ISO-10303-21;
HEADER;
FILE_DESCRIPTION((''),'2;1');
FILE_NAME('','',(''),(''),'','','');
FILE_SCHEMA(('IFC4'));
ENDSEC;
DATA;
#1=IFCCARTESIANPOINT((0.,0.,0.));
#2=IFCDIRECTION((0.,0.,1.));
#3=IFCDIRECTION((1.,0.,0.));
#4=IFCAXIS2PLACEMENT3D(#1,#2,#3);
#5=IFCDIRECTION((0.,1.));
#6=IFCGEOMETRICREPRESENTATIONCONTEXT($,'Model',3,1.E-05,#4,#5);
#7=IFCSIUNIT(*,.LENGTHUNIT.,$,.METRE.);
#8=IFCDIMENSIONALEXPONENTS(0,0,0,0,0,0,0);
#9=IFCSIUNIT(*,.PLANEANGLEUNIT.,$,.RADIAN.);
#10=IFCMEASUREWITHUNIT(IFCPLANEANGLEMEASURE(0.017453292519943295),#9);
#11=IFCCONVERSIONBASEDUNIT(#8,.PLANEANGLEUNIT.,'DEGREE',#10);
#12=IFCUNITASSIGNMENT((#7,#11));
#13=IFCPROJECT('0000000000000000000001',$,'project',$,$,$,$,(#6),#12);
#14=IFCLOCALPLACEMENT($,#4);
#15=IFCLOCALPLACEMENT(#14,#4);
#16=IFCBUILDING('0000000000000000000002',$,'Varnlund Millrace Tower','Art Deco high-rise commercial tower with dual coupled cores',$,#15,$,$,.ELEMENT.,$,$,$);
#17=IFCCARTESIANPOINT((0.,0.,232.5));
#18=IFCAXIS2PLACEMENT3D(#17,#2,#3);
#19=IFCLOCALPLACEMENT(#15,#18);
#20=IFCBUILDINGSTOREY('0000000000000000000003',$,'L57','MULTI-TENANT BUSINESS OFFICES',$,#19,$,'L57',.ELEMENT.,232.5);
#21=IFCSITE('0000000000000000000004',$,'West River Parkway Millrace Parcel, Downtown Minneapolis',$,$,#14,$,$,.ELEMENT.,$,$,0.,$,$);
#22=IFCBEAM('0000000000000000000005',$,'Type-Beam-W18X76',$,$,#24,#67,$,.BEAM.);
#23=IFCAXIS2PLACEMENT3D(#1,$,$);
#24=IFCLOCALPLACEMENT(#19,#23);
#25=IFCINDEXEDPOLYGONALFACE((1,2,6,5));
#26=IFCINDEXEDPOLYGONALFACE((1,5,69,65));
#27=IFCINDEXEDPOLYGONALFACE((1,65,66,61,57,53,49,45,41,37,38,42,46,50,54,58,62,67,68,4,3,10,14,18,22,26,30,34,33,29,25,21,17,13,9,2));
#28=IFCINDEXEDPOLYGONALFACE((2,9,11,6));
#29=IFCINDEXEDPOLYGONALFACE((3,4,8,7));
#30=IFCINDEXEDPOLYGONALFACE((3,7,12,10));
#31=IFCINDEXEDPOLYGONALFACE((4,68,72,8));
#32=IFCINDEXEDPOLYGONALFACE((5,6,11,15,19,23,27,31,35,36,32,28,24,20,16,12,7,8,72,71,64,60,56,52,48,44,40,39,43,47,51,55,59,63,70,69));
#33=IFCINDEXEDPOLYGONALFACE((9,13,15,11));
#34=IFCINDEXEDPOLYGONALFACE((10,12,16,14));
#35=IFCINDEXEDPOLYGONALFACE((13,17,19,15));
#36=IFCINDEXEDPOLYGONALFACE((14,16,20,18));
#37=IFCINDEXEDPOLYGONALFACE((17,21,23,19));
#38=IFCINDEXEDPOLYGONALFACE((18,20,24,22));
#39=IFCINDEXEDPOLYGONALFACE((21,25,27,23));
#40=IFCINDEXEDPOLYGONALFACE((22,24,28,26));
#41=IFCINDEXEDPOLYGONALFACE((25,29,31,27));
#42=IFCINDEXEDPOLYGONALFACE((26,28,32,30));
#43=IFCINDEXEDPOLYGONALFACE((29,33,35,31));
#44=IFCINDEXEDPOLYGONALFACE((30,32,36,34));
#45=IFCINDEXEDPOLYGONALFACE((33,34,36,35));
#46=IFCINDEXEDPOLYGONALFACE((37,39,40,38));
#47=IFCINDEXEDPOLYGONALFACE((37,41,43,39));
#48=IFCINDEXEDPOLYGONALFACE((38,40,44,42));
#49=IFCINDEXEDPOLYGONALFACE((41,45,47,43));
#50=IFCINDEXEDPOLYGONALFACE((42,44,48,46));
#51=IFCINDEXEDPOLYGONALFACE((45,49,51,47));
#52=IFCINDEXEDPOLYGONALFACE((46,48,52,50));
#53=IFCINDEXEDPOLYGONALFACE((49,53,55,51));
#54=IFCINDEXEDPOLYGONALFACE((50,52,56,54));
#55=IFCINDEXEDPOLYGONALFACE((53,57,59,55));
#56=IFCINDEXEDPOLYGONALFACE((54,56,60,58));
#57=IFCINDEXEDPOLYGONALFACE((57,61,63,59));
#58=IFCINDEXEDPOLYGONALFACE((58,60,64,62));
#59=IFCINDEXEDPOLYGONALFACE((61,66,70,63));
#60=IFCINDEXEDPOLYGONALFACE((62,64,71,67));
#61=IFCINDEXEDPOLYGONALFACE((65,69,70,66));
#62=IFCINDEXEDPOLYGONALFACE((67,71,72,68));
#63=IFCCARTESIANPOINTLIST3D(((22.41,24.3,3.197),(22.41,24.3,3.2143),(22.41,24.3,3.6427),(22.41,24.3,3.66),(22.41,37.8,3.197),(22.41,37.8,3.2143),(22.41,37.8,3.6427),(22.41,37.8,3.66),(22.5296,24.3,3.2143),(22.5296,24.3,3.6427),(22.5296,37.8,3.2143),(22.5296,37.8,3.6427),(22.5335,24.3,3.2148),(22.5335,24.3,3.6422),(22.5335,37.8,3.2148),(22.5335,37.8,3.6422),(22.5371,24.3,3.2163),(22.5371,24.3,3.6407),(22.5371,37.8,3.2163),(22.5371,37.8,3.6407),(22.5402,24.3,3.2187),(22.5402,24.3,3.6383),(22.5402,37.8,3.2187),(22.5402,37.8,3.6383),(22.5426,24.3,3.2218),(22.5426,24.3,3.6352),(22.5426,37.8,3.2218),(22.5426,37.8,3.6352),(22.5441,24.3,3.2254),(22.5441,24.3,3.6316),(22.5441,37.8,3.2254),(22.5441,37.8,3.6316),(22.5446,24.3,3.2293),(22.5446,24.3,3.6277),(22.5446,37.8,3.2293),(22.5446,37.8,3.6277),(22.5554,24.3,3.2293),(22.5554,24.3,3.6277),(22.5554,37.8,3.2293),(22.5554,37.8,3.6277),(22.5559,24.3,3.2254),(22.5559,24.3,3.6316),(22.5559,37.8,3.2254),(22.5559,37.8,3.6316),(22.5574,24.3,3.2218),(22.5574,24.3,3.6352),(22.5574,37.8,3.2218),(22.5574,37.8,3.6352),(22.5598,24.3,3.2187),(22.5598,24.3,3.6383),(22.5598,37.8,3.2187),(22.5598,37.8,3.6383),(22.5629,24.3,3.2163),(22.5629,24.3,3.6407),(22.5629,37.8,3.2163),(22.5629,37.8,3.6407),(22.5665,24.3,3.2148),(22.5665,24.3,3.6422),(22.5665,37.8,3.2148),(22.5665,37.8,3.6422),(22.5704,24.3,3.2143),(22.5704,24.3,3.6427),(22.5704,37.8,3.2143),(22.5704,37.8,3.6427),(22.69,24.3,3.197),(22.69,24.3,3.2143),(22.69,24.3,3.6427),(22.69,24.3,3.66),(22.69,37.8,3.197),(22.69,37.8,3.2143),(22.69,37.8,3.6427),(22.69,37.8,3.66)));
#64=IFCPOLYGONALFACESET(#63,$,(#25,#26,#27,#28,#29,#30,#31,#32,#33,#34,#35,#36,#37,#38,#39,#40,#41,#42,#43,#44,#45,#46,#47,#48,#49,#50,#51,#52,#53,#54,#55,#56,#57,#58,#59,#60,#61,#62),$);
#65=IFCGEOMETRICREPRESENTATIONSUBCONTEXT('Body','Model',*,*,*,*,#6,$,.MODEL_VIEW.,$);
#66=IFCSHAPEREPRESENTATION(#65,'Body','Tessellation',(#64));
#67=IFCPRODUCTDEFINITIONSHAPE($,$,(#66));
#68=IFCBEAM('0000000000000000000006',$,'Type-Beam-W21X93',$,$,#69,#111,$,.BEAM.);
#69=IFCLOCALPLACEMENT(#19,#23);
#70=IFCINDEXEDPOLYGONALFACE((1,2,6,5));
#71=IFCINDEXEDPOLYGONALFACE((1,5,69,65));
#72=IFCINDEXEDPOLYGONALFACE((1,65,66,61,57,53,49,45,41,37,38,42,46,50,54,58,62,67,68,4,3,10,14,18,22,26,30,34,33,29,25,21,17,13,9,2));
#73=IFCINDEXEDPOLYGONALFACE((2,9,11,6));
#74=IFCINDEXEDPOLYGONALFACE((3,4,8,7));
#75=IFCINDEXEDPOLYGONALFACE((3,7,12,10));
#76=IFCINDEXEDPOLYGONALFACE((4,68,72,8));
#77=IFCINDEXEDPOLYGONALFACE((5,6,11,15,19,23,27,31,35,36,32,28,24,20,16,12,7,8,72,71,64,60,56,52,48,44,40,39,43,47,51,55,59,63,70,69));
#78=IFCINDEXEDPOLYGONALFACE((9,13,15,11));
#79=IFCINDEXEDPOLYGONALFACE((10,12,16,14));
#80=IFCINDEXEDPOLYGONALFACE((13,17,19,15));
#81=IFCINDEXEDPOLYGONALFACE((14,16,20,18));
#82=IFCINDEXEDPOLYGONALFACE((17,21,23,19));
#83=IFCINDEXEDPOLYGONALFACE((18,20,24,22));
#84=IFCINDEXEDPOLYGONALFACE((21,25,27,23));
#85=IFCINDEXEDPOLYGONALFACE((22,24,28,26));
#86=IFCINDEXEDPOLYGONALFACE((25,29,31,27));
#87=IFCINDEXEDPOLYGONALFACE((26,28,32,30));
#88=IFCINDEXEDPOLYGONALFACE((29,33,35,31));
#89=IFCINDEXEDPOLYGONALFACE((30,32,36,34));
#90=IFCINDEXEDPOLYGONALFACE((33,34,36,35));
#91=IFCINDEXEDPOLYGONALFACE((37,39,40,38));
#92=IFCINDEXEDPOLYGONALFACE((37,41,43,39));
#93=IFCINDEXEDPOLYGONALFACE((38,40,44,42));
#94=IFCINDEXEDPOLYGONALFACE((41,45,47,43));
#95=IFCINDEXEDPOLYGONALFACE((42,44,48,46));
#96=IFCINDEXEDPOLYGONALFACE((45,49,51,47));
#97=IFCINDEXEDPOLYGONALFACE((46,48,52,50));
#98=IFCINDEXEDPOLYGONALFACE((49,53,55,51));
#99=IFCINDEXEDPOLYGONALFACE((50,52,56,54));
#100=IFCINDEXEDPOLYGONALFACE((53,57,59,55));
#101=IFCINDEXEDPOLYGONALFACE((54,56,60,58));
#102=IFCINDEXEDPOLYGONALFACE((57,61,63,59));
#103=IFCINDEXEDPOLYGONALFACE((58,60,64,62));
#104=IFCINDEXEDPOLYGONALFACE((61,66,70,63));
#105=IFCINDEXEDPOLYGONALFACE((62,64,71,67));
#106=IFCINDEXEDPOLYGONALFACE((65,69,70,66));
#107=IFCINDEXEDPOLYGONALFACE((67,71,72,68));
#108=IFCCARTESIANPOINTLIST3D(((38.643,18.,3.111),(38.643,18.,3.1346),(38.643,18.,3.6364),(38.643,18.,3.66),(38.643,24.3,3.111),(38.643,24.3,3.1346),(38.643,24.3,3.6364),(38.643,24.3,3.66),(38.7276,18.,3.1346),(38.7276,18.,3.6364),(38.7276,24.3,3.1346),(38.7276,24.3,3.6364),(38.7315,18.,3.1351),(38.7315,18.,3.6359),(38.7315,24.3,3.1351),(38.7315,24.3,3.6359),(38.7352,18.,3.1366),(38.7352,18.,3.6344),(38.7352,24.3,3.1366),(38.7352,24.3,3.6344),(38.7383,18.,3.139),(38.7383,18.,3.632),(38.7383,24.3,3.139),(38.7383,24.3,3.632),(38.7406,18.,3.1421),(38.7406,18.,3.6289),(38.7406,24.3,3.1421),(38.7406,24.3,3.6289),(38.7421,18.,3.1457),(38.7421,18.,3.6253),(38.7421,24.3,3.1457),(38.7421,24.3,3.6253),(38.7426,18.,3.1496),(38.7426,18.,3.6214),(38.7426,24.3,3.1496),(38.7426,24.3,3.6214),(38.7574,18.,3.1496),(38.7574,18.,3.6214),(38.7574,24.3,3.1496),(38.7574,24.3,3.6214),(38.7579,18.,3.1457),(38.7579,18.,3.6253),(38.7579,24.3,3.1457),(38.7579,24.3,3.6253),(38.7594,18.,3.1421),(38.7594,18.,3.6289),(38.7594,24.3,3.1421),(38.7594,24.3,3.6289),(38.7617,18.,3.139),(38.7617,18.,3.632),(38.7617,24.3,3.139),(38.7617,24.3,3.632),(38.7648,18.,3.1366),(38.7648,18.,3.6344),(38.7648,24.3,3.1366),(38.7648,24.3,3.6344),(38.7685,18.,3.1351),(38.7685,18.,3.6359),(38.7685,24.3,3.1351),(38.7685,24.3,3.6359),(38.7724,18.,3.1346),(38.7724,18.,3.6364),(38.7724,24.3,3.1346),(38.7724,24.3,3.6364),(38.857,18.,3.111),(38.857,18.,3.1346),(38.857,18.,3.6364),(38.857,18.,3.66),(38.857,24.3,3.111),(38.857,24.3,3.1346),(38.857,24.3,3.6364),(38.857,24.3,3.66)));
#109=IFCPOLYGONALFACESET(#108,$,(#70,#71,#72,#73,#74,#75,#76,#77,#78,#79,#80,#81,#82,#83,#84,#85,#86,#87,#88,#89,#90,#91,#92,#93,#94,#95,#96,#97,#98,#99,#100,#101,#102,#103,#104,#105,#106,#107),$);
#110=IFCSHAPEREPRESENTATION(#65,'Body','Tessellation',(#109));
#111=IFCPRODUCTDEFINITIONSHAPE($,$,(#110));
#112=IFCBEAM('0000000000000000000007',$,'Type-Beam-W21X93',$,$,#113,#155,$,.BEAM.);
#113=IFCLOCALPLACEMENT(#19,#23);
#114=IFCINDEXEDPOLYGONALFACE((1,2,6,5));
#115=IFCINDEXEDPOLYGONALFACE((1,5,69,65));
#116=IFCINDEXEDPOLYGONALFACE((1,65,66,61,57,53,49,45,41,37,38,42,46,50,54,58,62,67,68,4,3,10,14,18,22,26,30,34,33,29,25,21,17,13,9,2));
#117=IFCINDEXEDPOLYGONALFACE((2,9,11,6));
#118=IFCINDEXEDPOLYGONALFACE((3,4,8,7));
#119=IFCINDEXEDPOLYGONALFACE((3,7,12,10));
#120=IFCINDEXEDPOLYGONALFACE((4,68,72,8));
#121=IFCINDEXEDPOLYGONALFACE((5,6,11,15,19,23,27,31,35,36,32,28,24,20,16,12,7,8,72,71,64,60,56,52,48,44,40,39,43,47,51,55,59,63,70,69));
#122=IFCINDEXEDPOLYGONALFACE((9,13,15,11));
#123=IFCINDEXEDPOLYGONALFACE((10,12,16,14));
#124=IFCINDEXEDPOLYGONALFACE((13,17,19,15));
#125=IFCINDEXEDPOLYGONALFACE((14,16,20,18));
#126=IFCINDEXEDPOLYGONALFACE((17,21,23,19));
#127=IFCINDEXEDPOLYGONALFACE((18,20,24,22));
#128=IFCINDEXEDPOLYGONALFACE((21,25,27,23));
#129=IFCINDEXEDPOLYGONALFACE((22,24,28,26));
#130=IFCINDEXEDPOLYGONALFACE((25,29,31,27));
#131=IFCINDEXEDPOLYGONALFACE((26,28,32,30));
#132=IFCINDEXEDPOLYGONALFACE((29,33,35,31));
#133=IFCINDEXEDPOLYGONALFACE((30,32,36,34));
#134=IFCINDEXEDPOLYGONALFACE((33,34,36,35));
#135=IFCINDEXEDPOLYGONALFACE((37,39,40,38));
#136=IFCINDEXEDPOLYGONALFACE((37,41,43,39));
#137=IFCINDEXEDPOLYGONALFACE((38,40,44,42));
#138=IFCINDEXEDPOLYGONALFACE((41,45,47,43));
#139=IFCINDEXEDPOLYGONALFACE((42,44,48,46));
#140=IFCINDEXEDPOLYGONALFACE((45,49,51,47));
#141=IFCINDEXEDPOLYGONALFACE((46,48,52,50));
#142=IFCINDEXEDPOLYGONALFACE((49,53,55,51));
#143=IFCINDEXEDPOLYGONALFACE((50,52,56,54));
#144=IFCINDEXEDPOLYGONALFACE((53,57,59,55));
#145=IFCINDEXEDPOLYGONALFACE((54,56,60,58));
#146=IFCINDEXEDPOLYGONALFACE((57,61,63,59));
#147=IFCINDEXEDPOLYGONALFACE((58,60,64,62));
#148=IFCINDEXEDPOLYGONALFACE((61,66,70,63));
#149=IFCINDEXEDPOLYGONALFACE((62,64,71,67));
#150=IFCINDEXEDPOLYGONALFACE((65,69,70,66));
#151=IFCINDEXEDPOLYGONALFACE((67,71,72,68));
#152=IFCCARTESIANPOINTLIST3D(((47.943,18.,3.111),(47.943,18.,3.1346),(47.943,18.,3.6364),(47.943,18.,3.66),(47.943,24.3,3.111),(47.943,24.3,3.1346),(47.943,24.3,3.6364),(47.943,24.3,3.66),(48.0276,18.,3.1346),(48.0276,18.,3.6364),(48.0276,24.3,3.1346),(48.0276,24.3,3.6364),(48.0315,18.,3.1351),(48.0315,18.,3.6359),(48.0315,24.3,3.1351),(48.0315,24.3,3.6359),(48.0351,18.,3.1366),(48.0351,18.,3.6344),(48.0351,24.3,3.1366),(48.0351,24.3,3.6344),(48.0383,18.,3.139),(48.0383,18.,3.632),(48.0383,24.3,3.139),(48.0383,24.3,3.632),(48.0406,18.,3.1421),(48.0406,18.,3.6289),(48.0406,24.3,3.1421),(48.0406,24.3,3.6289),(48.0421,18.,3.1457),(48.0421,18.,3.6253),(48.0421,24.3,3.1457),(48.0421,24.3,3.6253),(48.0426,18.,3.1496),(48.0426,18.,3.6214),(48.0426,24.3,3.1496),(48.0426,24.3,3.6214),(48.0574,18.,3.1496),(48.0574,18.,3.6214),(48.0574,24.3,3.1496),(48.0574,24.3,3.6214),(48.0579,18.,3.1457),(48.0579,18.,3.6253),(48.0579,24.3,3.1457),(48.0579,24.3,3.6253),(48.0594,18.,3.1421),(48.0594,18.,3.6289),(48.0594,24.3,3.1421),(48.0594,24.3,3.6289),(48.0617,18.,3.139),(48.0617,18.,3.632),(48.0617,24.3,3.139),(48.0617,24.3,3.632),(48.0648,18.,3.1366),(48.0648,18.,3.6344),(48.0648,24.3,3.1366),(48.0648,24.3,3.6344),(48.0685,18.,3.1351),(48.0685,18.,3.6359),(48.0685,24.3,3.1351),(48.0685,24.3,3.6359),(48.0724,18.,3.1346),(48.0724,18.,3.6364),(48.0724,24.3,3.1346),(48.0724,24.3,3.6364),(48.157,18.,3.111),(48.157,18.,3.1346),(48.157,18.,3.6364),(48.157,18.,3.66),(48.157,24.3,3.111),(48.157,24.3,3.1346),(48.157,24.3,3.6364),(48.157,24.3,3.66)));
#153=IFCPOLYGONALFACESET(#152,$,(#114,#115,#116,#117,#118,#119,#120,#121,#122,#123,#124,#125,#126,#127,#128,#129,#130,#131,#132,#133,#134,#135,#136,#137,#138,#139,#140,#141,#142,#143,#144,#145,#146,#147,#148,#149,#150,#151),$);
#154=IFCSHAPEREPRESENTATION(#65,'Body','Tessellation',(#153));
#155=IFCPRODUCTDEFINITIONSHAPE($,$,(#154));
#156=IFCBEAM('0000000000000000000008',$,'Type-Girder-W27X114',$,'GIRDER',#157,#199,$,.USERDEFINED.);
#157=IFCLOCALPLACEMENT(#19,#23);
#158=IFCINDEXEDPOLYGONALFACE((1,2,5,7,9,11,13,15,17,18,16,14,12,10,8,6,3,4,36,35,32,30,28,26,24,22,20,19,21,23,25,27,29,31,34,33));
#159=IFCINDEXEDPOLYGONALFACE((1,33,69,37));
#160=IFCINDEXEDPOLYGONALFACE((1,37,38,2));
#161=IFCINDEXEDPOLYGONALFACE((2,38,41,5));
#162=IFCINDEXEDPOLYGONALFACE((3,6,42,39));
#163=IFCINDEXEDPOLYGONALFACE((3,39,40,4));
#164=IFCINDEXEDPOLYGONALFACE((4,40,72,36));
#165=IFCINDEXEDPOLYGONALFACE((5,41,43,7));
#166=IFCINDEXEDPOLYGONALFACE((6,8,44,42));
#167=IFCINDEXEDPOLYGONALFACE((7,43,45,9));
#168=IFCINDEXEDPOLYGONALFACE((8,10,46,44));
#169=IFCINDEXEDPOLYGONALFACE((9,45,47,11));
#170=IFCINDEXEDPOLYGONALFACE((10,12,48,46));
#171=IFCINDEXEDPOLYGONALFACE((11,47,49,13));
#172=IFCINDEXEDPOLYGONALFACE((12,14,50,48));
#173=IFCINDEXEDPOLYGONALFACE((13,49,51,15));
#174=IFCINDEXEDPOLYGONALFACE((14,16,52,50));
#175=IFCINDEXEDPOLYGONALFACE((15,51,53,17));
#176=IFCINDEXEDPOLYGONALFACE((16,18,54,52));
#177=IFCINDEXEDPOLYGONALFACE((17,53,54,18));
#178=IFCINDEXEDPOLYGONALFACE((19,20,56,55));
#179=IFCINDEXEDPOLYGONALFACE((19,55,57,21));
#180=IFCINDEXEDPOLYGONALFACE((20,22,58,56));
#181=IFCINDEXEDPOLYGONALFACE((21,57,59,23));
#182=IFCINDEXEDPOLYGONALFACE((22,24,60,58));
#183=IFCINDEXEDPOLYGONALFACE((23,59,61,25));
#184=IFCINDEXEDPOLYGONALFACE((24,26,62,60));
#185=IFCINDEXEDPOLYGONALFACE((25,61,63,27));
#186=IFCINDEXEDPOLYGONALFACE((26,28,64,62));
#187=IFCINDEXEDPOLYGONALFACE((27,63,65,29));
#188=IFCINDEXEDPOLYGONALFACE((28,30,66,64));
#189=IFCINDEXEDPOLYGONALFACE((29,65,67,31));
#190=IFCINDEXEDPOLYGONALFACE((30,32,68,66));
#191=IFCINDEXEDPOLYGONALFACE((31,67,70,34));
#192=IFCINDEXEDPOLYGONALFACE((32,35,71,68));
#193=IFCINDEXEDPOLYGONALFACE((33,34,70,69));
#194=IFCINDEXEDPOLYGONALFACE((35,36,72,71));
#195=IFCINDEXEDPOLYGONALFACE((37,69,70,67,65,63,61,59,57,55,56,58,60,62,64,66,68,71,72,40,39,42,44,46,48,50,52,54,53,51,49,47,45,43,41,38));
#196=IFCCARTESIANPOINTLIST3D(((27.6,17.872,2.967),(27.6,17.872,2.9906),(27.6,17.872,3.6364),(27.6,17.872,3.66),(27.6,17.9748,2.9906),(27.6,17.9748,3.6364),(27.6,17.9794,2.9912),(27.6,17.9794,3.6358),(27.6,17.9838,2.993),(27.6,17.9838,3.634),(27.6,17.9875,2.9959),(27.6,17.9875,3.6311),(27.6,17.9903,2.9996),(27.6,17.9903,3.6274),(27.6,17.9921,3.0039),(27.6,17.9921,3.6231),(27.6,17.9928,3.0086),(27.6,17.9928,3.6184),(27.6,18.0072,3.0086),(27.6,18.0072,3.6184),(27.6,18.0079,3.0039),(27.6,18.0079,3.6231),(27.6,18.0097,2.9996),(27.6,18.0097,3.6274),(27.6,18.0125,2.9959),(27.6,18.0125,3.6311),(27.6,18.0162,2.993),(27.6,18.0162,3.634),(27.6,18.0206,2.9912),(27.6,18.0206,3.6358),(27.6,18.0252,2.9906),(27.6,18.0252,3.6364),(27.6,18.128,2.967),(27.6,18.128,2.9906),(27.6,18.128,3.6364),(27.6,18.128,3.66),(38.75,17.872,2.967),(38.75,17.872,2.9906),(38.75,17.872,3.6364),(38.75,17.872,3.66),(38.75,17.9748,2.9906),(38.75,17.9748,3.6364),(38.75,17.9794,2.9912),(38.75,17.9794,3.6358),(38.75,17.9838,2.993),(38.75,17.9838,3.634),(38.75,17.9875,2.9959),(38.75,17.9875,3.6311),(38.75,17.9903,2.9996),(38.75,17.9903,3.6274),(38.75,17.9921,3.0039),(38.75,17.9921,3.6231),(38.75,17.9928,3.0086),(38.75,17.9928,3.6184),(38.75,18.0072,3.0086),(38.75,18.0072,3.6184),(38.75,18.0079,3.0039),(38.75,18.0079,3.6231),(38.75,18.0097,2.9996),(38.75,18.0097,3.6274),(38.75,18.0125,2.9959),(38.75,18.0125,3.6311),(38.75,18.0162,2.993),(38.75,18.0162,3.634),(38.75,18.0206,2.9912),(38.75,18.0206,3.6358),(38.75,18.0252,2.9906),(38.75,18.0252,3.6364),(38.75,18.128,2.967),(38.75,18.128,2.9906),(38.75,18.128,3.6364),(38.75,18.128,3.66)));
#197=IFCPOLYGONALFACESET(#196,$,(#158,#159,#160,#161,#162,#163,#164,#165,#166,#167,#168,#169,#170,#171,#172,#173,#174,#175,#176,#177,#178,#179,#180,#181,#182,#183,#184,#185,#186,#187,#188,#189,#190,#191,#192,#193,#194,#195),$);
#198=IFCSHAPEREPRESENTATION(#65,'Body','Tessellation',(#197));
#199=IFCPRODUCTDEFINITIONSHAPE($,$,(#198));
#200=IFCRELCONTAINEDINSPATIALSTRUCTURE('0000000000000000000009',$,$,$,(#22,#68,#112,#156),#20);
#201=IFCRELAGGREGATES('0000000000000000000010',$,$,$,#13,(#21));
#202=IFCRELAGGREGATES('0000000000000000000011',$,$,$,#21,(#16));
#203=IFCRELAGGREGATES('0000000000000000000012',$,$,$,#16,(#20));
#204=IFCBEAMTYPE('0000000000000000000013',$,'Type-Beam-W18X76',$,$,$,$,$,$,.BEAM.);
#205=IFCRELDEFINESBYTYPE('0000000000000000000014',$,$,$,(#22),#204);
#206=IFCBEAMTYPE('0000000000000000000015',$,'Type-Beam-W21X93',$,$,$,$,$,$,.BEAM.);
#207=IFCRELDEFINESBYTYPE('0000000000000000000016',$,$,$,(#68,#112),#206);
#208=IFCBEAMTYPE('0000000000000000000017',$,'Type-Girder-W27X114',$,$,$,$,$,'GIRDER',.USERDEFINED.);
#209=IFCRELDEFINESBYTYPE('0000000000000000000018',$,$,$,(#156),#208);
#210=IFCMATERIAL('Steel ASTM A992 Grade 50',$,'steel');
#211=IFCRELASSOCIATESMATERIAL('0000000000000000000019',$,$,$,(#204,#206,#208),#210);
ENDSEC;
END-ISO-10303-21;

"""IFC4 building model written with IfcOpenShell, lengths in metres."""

from ifc_helpers import new_model, entity, si_unit, converted_unit, direction, frame, origin_with_axes, origin_2d_with_axis, place, context, subcontext, project, spatial, i_section, extrude, material, material_profile, profile_set, type_object, element, save


model = new_model("IFC4")

# Units and contexts
model_context = context("Model", 3, precision=1e-05, world=origin_with_axes(), true_north=direction((0.0, 1.0)))
body_context = subcontext(model_context, "Body", "Model", "MODEL_VIEW")
ifc_project = project(units=[si_unit("LENGTHUNIT", "METRE"), converted_unit("PLANEANGLEUNIT", "DEGREE", entity("IfcPlaneAngleMeasure", 0.017453292519943295), si_unit("PLANEANGLEUNIT", "RADIAN"), dimensions=[0, 0, 0, 0, 0, 0, 0])], contexts=[model_context])

# Site, building, storey
site_placement = place(None, origin_with_axes())
site = spatial("IfcSite", under=ifc_project, at=site_placement, Name="West River Parkway Millrace Parcel, Downtown Minneapolis", CompositionType="ELEMENT", RefElevation=0.0)
building_placement = place(site_placement, origin_with_axes())
building = spatial("IfcBuilding", under=site, at=building_placement, Name="Varnlund Millrace Tower", Description="Art Deco high-rise commercial tower with dual coupled cores", CompositionType="ELEMENT")
storey_placement = place(building_placement, frame((0.0, 0.0, 232.5), z_axis=(0.0, 0.0, 1.0), x_axis=(1.0, 0.0, 0.0)))
storey = spatial("IfcBuildingStorey", under=building, at=storey_placement, Name="L57", Description="MULTI-TENANT BUSINESS OFFICES", LongName="L57", CompositionType="ELEMENT", Elevation=232.5)

# Beams
ifc_material_1 = material(Name="Steel ASTM A992 Grade 50", Category="steel")
ifc_material_profile_1 = material_profile(ifc_material_1, i_section(OverallWidth=0.28, OverallDepth=0.463, WebThickness=0.0108, FlangeThickness=0.0173, FilletRadius=0.015, at=origin_2d_with_axis()), Name="Steel ASTM A992 Grade 50")
ifc_profile_set_1 = profile_set([ifc_material_profile_1], Name="Steel ASTM A992 Grade 50")
beam_type_1 = type_object("IfcBeamType", Name="Type-Beam-W18X76", PredefinedType="BEAM", material=ifc_profile_set_1)
beam_1_placement = place(storey_placement, frame((22.55, 24.3, 3.4285), z_axis=(0.0, 1.0, 0.0), x_axis=(-1.0, 0.0, 0.0)))
element("IfcBeam", 1, at=beam_1_placement, inside=storey, type_object=beam_type_1, Name="Type-Beam-W18X76", PredefinedType="BEAM", context=body_context, shape_type="SweptSolid", body=[
    extrude(i_section(OverallWidth=0.28, OverallDepth=0.463, WebThickness=0.0108, FlangeThickness=0.0173, FilletRadius=0.015, at=origin_2d_with_axis()), origin_with_axes(), (0.0, 0.0, 1.0), 13.5),
])
ifc_material_profile_2 = material_profile(ifc_material_1, i_section(OverallWidth=0.214, OverallDepth=0.549, WebThickness=0.0147, FlangeThickness=0.0236, FilletRadius=0.015, at=origin_2d_with_axis()), Name="Steel ASTM A992 Grade 50")
ifc_profile_set_2 = profile_set([ifc_material_profile_2], Name="Steel ASTM A992 Grade 50")
beam_type_2 = type_object("IfcBeamType", Name="Type-Beam-W21X93", PredefinedType="BEAM", material=ifc_profile_set_2)
for number, where, z_axis, x_axis, name in (
    (2, (38.75, 18.0, 3.3855), (0.0, 1.0, 0.0), (-1.0, 0.0, 0.0), "Type-Beam-W21X93"),
    (3, (48.05, 18.0, 3.3855), (0.0, 1.0, 0.0), (-1.0, 0.0, 0.0), "Type-Beam-W21X93"),
):
    element("IfcBeam", number, at=place(storey_placement, frame(where, z_axis=z_axis, x_axis=x_axis)), inside=storey, type_object=beam_type_2, Name=name, PredefinedType="BEAM", context=body_context, shape_type="SweptSolid", body=[
        extrude(i_section(OverallWidth=0.214, OverallDepth=0.549, WebThickness=0.0147, FlangeThickness=0.0236, FilletRadius=0.015, at=origin_2d_with_axis()), origin_with_axes(), (0.0, 0.0, 1.0), 6.3),
    ])
ifc_material_profile_3 = material_profile(ifc_material_1, i_section(OverallWidth=0.256, OverallDepth=0.693, WebThickness=0.0145, FlangeThickness=0.0236, FilletRadius=0.018, at=origin_2d_with_axis()), Name="Steel ASTM A992 Grade 50")
ifc_profile_set_3 = profile_set([ifc_material_profile_3], Name="Steel ASTM A992 Grade 50")
beam_type_3 = type_object("IfcBeamType", Name="Type-Girder-W27X114", ElementType="GIRDER", PredefinedType="USERDEFINED", material=ifc_profile_set_3)
beam_2_placement = place(storey_placement, frame((27.6, 18.0, 3.3135), z_axis=(1.0, 0.0, 0.0), x_axis=(0.0, 1.0, 0.0)))
element("IfcBeam", 4, at=beam_2_placement, inside=storey, type_object=beam_type_3, Name="Type-Girder-W27X114", ObjectType="GIRDER", PredefinedType="USERDEFINED", context=body_context, shape_type="SweptSolid", body=[
    extrude(i_section(OverallWidth=0.256, OverallDepth=0.693, WebThickness=0.0145, FlangeThickness=0.0236, FilletRadius=0.018, at=origin_2d_with_axis()), origin_with_axes(), (0.0, 0.0, 1.0), 11.15),
])

save(model, "model.ifc")
